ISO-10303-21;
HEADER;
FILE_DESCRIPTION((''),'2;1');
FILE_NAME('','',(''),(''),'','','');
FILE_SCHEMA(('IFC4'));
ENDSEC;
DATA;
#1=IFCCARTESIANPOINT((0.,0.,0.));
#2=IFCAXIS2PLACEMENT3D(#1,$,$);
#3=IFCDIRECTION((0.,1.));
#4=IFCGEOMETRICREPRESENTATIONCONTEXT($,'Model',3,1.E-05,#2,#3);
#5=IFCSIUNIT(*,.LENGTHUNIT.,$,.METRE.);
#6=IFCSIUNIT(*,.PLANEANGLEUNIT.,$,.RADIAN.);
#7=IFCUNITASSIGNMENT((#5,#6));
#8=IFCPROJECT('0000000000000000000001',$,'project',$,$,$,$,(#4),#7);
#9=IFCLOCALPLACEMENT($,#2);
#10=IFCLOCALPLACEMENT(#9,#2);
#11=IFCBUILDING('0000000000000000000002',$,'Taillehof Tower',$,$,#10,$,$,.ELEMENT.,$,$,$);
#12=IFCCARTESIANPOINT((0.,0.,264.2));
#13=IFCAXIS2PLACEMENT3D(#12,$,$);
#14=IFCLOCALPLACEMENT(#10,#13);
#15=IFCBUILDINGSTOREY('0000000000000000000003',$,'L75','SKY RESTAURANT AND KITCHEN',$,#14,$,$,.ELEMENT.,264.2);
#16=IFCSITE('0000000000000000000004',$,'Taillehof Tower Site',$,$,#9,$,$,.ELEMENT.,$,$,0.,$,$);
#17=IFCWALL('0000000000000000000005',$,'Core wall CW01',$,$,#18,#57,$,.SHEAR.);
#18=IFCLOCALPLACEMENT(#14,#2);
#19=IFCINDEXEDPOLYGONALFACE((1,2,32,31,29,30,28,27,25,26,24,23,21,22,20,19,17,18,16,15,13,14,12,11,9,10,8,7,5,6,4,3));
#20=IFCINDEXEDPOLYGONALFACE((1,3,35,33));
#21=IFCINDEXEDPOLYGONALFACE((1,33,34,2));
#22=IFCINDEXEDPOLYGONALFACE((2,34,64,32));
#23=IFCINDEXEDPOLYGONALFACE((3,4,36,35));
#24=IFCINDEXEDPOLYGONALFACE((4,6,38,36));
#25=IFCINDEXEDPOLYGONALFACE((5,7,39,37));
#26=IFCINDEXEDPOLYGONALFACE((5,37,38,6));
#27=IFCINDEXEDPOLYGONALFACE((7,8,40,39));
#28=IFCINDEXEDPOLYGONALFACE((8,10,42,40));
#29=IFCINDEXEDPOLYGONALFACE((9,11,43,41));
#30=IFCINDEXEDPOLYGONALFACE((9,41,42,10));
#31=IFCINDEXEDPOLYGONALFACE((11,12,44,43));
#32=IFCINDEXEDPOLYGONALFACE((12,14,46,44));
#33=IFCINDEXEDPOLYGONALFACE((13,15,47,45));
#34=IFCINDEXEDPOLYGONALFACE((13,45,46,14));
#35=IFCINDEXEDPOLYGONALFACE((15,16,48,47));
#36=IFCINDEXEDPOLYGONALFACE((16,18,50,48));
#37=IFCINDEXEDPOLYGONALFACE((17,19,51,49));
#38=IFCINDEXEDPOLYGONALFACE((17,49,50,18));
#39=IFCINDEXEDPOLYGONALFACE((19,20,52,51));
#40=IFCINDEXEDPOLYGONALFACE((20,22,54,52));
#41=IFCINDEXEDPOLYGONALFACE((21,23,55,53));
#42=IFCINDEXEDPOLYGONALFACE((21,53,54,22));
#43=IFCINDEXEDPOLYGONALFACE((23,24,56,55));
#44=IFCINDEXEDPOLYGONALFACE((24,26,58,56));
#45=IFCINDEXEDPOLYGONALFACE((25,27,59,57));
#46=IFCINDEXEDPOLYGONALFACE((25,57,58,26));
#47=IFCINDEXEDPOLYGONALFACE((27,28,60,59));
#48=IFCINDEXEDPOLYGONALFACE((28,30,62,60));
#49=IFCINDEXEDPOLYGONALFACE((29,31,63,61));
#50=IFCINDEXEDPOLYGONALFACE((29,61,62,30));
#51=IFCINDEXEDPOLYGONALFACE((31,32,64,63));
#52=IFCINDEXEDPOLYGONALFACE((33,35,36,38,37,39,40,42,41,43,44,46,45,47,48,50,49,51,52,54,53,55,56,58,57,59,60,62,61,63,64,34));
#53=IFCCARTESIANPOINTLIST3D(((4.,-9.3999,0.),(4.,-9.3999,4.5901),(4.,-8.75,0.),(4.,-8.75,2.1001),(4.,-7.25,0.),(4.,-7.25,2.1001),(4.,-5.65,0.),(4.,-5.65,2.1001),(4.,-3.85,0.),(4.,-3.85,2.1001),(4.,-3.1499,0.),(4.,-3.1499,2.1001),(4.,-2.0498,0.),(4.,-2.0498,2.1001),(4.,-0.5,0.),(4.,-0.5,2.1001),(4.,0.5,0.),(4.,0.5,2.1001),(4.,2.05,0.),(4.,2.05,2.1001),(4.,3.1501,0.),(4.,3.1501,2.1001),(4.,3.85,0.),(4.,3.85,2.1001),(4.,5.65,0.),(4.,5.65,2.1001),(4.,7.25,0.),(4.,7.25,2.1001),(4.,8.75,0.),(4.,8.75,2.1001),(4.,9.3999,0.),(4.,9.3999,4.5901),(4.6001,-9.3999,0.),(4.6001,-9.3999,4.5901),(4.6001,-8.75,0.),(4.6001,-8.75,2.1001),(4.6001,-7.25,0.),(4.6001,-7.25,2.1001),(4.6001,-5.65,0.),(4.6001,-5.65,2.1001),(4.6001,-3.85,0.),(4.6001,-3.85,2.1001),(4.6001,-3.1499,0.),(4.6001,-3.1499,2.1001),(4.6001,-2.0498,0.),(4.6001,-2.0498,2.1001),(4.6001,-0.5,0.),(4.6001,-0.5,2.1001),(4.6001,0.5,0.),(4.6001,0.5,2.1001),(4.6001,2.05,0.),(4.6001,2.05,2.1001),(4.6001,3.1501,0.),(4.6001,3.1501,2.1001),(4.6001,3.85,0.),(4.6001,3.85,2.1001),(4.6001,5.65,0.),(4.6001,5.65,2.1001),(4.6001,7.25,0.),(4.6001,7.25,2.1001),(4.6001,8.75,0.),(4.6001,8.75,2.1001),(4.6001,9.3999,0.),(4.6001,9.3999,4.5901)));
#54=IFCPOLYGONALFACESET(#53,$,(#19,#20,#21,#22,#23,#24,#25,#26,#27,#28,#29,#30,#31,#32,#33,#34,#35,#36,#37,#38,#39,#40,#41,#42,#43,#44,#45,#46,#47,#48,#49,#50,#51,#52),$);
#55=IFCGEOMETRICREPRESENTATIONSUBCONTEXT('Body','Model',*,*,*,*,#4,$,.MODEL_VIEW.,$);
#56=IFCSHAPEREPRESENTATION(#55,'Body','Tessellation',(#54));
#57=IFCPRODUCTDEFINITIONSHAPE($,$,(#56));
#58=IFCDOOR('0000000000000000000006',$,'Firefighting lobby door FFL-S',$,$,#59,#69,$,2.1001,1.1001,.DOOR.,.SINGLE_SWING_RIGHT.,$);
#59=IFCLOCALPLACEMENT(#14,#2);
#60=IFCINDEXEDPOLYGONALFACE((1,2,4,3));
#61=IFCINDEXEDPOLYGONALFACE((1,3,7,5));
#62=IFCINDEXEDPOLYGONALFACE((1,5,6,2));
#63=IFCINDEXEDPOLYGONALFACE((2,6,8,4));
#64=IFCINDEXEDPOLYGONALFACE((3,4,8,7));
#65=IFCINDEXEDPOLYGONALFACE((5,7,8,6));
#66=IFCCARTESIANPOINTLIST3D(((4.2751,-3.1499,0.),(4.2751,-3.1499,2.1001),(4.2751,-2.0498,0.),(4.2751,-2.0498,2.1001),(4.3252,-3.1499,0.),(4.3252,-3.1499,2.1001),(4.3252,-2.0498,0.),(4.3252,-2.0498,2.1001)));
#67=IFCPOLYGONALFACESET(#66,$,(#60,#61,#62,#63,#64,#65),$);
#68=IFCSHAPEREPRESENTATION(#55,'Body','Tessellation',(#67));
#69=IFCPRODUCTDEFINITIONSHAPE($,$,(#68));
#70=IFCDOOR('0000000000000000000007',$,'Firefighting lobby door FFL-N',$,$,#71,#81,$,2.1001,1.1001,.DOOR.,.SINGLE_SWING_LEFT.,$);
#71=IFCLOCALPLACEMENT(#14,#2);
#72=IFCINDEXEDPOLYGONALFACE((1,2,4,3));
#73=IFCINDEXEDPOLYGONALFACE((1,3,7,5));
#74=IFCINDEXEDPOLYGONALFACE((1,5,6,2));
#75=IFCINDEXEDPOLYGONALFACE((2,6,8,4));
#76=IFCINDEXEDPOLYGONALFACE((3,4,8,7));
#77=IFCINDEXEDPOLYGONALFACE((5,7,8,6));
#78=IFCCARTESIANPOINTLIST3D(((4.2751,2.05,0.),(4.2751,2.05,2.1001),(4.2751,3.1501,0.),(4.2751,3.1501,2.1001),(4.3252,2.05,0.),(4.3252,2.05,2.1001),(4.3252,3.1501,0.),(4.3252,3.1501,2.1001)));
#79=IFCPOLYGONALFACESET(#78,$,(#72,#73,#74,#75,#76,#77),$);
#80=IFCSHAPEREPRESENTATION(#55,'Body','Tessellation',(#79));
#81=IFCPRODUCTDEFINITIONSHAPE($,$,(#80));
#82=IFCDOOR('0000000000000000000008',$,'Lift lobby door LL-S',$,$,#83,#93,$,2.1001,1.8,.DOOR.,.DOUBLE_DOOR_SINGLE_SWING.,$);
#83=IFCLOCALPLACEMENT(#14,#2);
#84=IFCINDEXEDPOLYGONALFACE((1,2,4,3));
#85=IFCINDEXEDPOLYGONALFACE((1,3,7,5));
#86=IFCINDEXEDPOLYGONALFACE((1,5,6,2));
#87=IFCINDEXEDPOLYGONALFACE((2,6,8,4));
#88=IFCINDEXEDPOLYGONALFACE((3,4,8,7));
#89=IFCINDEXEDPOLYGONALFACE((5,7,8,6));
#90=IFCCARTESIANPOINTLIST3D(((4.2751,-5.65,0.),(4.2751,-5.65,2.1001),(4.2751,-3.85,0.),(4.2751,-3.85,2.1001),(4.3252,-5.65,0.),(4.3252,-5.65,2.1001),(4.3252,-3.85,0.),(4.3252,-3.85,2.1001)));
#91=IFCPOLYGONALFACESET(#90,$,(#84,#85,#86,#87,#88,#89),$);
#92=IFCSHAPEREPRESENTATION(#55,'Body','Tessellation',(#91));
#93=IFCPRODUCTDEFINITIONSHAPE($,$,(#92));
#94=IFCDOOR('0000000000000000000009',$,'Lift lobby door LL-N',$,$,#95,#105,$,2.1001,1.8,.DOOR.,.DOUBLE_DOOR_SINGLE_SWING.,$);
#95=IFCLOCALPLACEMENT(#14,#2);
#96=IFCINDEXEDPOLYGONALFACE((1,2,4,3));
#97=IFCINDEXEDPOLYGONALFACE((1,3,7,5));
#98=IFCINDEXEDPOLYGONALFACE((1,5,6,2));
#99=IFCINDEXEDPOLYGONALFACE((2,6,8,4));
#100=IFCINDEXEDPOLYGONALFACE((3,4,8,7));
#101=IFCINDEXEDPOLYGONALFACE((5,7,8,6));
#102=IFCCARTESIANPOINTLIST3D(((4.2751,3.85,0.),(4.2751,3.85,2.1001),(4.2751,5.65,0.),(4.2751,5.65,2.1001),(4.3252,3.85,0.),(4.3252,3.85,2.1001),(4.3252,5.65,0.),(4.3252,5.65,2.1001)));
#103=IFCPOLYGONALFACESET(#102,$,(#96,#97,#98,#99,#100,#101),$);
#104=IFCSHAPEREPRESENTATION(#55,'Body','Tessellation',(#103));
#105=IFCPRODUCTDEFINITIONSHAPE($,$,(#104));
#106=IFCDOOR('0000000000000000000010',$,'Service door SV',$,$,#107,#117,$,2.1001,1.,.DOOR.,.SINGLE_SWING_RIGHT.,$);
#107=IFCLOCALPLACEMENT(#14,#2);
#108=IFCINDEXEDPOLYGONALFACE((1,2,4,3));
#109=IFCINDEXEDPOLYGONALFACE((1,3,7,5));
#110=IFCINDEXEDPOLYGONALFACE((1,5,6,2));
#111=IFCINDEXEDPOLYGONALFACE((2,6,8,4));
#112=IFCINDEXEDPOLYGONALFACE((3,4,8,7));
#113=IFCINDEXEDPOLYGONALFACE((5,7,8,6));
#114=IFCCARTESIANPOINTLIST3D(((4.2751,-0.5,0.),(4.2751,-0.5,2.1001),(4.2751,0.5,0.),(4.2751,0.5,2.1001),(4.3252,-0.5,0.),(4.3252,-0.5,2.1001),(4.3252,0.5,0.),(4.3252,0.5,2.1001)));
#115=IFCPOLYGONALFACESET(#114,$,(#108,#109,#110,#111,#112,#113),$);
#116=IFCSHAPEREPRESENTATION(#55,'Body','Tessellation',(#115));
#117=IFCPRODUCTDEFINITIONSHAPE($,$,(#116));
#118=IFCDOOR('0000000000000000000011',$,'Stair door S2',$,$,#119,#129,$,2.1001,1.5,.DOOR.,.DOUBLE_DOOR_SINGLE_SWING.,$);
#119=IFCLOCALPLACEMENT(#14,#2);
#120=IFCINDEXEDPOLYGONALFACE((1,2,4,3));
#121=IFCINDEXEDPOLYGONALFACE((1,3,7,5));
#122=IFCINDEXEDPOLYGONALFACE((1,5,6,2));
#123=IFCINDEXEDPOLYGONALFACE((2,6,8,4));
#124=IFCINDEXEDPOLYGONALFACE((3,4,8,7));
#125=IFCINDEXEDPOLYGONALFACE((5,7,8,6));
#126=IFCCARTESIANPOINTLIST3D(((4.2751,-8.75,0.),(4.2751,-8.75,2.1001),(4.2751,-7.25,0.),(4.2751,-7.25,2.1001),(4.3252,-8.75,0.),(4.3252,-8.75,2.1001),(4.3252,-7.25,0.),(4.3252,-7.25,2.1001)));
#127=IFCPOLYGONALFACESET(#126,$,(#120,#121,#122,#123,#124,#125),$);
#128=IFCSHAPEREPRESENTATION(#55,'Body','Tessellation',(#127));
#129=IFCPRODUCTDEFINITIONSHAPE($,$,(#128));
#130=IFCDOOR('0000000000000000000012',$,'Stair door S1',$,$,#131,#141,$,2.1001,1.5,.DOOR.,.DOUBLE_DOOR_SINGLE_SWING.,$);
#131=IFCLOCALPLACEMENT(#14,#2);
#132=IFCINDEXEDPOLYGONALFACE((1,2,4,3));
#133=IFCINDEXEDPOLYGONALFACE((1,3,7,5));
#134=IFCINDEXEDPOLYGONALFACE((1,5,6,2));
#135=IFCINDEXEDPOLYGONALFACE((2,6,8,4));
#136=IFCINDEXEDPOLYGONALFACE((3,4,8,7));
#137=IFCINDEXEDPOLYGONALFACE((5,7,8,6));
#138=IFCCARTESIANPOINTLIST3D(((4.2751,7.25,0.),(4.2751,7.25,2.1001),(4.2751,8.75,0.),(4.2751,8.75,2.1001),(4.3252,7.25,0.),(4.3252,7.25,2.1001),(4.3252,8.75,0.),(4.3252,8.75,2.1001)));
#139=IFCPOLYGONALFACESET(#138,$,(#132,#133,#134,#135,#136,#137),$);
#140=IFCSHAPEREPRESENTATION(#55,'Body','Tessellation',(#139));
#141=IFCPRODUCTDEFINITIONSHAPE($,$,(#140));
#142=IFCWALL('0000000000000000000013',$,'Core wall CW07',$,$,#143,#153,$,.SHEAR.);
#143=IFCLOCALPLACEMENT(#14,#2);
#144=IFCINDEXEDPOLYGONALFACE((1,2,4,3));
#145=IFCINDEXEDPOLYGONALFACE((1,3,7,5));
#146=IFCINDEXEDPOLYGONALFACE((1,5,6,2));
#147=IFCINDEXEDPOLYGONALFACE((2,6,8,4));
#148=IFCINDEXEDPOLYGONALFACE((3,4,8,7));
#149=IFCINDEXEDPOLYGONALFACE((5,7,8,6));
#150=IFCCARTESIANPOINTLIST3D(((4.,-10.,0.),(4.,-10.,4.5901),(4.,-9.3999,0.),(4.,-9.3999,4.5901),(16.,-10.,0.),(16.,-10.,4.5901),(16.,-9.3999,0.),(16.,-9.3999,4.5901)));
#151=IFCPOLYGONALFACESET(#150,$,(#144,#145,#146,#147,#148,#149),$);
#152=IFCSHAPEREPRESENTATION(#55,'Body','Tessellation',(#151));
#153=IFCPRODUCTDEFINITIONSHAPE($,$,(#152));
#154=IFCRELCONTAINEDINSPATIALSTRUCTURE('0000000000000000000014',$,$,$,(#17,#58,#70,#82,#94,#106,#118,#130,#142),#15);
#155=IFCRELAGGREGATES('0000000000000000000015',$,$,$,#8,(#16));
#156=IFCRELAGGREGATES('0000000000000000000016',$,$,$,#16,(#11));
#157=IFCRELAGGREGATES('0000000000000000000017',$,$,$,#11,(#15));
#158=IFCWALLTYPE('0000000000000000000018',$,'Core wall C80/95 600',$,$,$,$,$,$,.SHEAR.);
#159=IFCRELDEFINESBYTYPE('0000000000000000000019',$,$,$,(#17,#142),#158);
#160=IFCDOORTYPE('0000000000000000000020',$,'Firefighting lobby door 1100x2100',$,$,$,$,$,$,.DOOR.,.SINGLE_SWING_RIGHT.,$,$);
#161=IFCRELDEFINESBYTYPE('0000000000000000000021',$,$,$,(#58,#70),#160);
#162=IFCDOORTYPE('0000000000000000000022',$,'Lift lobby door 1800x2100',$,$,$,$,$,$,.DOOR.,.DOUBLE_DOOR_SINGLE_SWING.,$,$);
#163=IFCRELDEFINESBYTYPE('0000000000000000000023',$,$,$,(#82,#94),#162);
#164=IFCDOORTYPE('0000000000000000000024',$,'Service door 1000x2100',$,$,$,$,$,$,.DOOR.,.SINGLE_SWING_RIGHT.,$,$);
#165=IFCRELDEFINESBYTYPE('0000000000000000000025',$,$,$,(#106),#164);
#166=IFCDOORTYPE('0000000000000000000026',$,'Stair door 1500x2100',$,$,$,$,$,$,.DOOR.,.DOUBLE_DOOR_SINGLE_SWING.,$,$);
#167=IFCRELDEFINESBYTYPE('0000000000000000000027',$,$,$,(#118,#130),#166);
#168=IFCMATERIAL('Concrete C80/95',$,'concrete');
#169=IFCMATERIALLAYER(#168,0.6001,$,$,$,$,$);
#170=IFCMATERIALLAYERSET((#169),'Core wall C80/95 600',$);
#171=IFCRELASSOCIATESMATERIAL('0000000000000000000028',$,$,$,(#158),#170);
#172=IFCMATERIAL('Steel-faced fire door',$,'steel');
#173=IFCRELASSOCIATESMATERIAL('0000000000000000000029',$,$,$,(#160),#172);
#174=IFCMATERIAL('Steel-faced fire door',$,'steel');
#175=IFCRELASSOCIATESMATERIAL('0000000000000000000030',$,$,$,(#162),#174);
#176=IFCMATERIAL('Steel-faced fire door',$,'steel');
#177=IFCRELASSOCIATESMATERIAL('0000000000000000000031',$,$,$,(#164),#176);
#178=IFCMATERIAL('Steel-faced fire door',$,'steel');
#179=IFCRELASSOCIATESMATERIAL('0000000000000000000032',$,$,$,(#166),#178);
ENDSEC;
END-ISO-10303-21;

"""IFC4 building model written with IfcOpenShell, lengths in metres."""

from ifc_helpers import new_model, si_unit, direction, frame, frame_2d, origin, place, context, subcontext, project, spatial, rectangle, extrude, material, layer, layer_set, type_object, element, fill, save


model = new_model("IFC4")

# Units and contexts
model_context = context("Model", 3, precision=1e-05, world=origin(), true_north=direction((0.0, 1.0)))
body_context = subcontext(model_context, "Body", "Model", "MODEL_VIEW")
ifc_project = project(units=[si_unit("LENGTHUNIT", "METRE"), si_unit("PLANEANGLEUNIT", "RADIAN")], contexts=[model_context])

# Site, building, storey
site_placement = place(None, origin())
site = spatial("IfcSite", under=ifc_project, at=site_placement, Name="Taillehof Tower Site", CompositionType="ELEMENT", RefElevation=0.0)
building_placement = place(site_placement, origin())
building = spatial("IfcBuilding", under=site, at=building_placement, Name="Taillehof Tower", CompositionType="ELEMENT")
storey_placement = place(building_placement, frame((0.0, 0.0, 264.2)))
storey = spatial("IfcBuildingStorey", under=building, at=storey_placement, Name="L75", Description="SKY RESTAURANT AND KITCHEN", CompositionType="ELEMENT", Elevation=264.2)

# Wall, openings, doors
ifc_material_1 = material(Name="Concrete C80/95", Category="concrete")
ifc_layer_1 = layer(ifc_material_1, 0.6001)
ifc_layer_set_1 = layer_set([ifc_layer_1], Name="Core wall C80/95 600")
wall_type_1 = type_object("IfcWallType", Name="Core wall C80/95 600", PredefinedType="SHEAR", material=ifc_layer_set_1)
wall_1_placement = place(storey_placement, frame((4.3, -9.3999, 0.0), z_axis=(0.0, 0.0, 1.0), x_axis=(0.0, 1.0, 0.0)))
wall_1 = element("IfcWall", 1, at=wall_1_placement, inside=storey, type_object=wall_type_1, Name="Core wall CW01", PredefinedType="SHEAR", context=body_context, shape_type="SweptSolid", body=[
    extrude(rectangle(XDim=18.7998, YDim=0.6001, at=frame_2d((9.3999, 0.0))), origin(), (0.0, 0.0, 1.0), 4.5901),
])
opening_1_placement = place(wall_1_placement, frame((0.6499, 0.0, 0.0)))
opening_1 = element("IfcOpeningElement", 2, at=opening_1_placement, cuts=wall_1, PredefinedType="OPENING", context=body_context, shape_type="SweptSolid", body=[
    extrude(rectangle(XDim=1.5, YDim=2.1001, at=frame_2d((0.75, 1.05))), frame((0.0, 0.3101, 0.0), z_axis=(0.0, -1.0, 0.0), x_axis=(1.0, 0.0, 0.0)), (0.0, 0.0, 1.0), 0.6201),
])
opening_2_placement = place(wall_1_placement, frame((3.75, 0.0, 0.0)))
opening_2 = element("IfcOpeningElement", 3, at=opening_2_placement, cuts=wall_1, PredefinedType="OPENING", context=body_context, shape_type="SweptSolid", body=[
    extrude(rectangle(XDim=1.8, YDim=2.1001, at=frame_2d((0.8999, 1.05))), frame((0.0, 0.3101, 0.0), z_axis=(0.0, -1.0, 0.0), x_axis=(1.0, 0.0, 0.0)), (0.0, 0.0, 1.0), 0.6201),
])
opening_3_placement = place(wall_1_placement, frame((6.25, 0.0, 0.0)))
opening_3 = element("IfcOpeningElement", 4, at=opening_3_placement, cuts=wall_1, PredefinedType="OPENING", context=body_context, shape_type="SweptSolid", body=[
    extrude(rectangle(XDim=1.1001, YDim=2.1001, at=frame_2d((0.55, 1.05))), frame((0.0, 0.3101, 0.0), z_axis=(0.0, -1.0, 0.0), x_axis=(1.0, 0.0, 0.0)), (0.0, 0.0, 1.0), 0.6201),
])
opening_4_placement = place(wall_1_placement, frame((8.8999, 0.0, 0.0)))
opening_4 = element("IfcOpeningElement", 5, at=opening_4_placement, cuts=wall_1, PredefinedType="OPENING", context=body_context, shape_type="SweptSolid", body=[
    extrude(rectangle(XDim=1.0, YDim=2.1001, at=frame_2d((0.5, 1.05))), frame((0.0, 0.3101, 0.0), z_axis=(0.0, -1.0, 0.0), x_axis=(1.0, 0.0, 0.0)), (0.0, 0.0, 1.0), 0.6201),
])
opening_5_placement = place(wall_1_placement, frame((11.45, 0.0, 0.0)))
opening_5 = element("IfcOpeningElement", 6, at=opening_5_placement, cuts=wall_1, PredefinedType="OPENING", context=body_context, shape_type="SweptSolid", body=[
    extrude(rectangle(XDim=1.1001, YDim=2.1001, at=frame_2d((0.55, 1.05))), frame((0.0, 0.3101, 0.0), z_axis=(0.0, -1.0, 0.0), x_axis=(1.0, 0.0, 0.0)), (0.0, 0.0, 1.0), 0.6201),
])
opening_6_placement = place(wall_1_placement, frame((13.25, 0.0, 0.0)))
opening_6 = element("IfcOpeningElement", 7, at=opening_6_placement, cuts=wall_1, PredefinedType="OPENING", context=body_context, shape_type="SweptSolid", body=[
    extrude(rectangle(XDim=1.8, YDim=2.1001, at=frame_2d((0.8999, 1.05))), frame((0.0, 0.3101, 0.0), z_axis=(0.0, -1.0, 0.0), x_axis=(1.0, 0.0, 0.0)), (0.0, 0.0, 1.0), 0.6201),
])
opening_7_placement = place(wall_1_placement, frame((16.6499, 0.0, 0.0)))
opening_7 = element("IfcOpeningElement", 8, at=opening_7_placement, cuts=wall_1, PredefinedType="OPENING", context=body_context, shape_type="SweptSolid", body=[
    extrude(rectangle(XDim=1.5, YDim=2.1001, at=frame_2d((0.75, 1.05))), frame((0.0, 0.3101, 0.0), z_axis=(0.0, -1.0, 0.0), x_axis=(1.0, 0.0, 0.0)), (0.0, 0.0, 1.0), 0.6201),
])
ifc_material_2 = material(Name="Steel-faced fire door", Category="steel")
door_type_1 = type_object("IfcDoorType", Name="Firefighting lobby door 1100x2100", OperationType="SINGLE_SWING_RIGHT", PredefinedType="DOOR", material=ifc_material_2)
door_1_placement = place(opening_3_placement, origin())
door_1 = element("IfcDoor", 9, at=door_1_placement, inside=storey, type_object=door_type_1, Name="Firefighting lobby door FFL-S", OperationType="SINGLE_SWING_RIGHT", OverallHeight=2.1001, OverallWidth=1.1001, PredefinedType="DOOR", context=body_context, shape_type="SweptSolid", body=[
    extrude(rectangle(XDim=1.1001, YDim=2.1001, at=frame_2d((0.55, 1.05))), frame((0.0, 0.0249, 0.0), z_axis=(0.0, -1.0, 0.0), x_axis=(1.0, 0.0, 0.0)), (0.0, 0.0, 1.0), 0.05),
])
fill(opening_3, door_1)
door_2_placement = place(opening_5_placement, origin())
door_2 = element("IfcDoor", 10, at=door_2_placement, inside=storey, type_object=door_type_1, Name="Firefighting lobby door FFL-N", OperationType="SINGLE_SWING_LEFT", OverallHeight=2.1001, OverallWidth=1.1001, PredefinedType="DOOR", context=body_context, shape_type="SweptSolid", body=[
    extrude(rectangle(XDim=1.1001, YDim=2.1001, at=frame_2d((0.55, 1.05))), frame((0.0, 0.0249, 0.0), z_axis=(0.0, -1.0, 0.0), x_axis=(1.0, 0.0, 0.0)), (0.0, 0.0, 1.0), 0.05),
])
fill(opening_5, door_2)
ifc_material_3 = material(Name="Steel-faced fire door", Category="steel")
door_type_2 = type_object("IfcDoorType", Name="Lift lobby door 1800x2100", OperationType="DOUBLE_DOOR_SINGLE_SWING", PredefinedType="DOOR", material=ifc_material_3)
door_3_placement = place(opening_2_placement, origin())
door_3 = element("IfcDoor", 11, at=door_3_placement, inside=storey, type_object=door_type_2, Name="Lift lobby door LL-S", OperationType="DOUBLE_DOOR_SINGLE_SWING", OverallHeight=2.1001, OverallWidth=1.8, PredefinedType="DOOR", context=body_context, shape_type="SweptSolid", body=[
    extrude(rectangle(XDim=1.8, YDim=2.1001, at=frame_2d((0.8999, 1.05))), frame((0.0, 0.0249, 0.0), z_axis=(0.0, -1.0, 0.0), x_axis=(1.0, 0.0, 0.0)), (0.0, 0.0, 1.0), 0.05),
])
fill(opening_2, door_3)
door_4_placement = place(opening_6_placement, origin())
door_4 = element("IfcDoor", 12, at=door_4_placement, inside=storey, type_object=door_type_2, Name="Lift lobby door LL-N", OperationType="DOUBLE_DOOR_SINGLE_SWING", OverallHeight=2.1001, OverallWidth=1.8, PredefinedType="DOOR", context=body_context, shape_type="SweptSolid", body=[
    extrude(rectangle(XDim=1.8, YDim=2.1001, at=frame_2d((0.8999, 1.05))), frame((0.0, 0.0249, 0.0), z_axis=(0.0, -1.0, 0.0), x_axis=(1.0, 0.0, 0.0)), (0.0, 0.0, 1.0), 0.05),
])
fill(opening_6, door_4)
ifc_material_4 = material(Name="Steel-faced fire door", Category="steel")
door_type_3 = type_object("IfcDoorType", Name="Service door 1000x2100", OperationType="SINGLE_SWING_RIGHT", PredefinedType="DOOR", material=ifc_material_4)
door_5_placement = place(opening_4_placement, origin())
door_5 = element("IfcDoor", 13, at=door_5_placement, inside=storey, type_object=door_type_3, Name="Service door SV", OperationType="SINGLE_SWING_RIGHT", OverallHeight=2.1001, OverallWidth=1.0, PredefinedType="DOOR", context=body_context, shape_type="SweptSolid", body=[
    extrude(rectangle(XDim=1.0, YDim=2.1001, at=frame_2d((0.5, 1.05))), frame((0.0, 0.0249, 0.0), z_axis=(0.0, -1.0, 0.0), x_axis=(1.0, 0.0, 0.0)), (0.0, 0.0, 1.0), 0.05),
])
fill(opening_4, door_5)
ifc_material_5 = material(Name="Steel-faced fire door", Category="steel")
door_type_4 = type_object("IfcDoorType", Name="Stair door 1500x2100", OperationType="DOUBLE_DOOR_SINGLE_SWING", PredefinedType="DOOR", material=ifc_material_5)
door_6_placement = place(opening_1_placement, origin())
door_6 = element("IfcDoor", 14, at=door_6_placement, inside=storey, type_object=door_type_4, Name="Stair door S2", OperationType="DOUBLE_DOOR_SINGLE_SWING", OverallHeight=2.1001, OverallWidth=1.5, PredefinedType="DOOR", context=body_context, shape_type="SweptSolid", body=[
    extrude(rectangle(XDim=1.5, YDim=2.1001, at=frame_2d((0.75, 1.05))), frame((0.0, 0.0249, 0.0), z_axis=(0.0, -1.0, 0.0), x_axis=(1.0, 0.0, 0.0)), (0.0, 0.0, 1.0), 0.05),
])
fill(opening_1, door_6)
door_7_placement = place(opening_7_placement, origin())
door_7 = element("IfcDoor", 15, at=door_7_placement, inside=storey, type_object=door_type_4, Name="Stair door S1", OperationType="DOUBLE_DOOR_SINGLE_SWING", OverallHeight=2.1001, OverallWidth=1.5, PredefinedType="DOOR", context=body_context, shape_type="SweptSolid", body=[
    extrude(rectangle(XDim=1.5, YDim=2.1001, at=frame_2d((0.75, 1.05))), frame((0.0, 0.0249, 0.0), z_axis=(0.0, -1.0, 0.0), x_axis=(1.0, 0.0, 0.0)), (0.0, 0.0, 1.0), 0.05),
])
fill(opening_7, door_7)

# Wall
wall_2_placement = place(storey_placement, frame((4.0, -9.7, 0.0), z_axis=(0.0, 0.0, 1.0), x_axis=(1.0, 0.0, 0.0)))
element("IfcWall", 16, at=wall_2_placement, inside=storey, type_object=wall_type_1, Name="Core wall CW07", PredefinedType="SHEAR", context=body_context, shape_type="SweptSolid", body=[
    extrude(rectangle(XDim=12.0, YDim=0.6001, at=frame_2d((6.0, 0.0))), origin(), (0.0, 0.0, 1.0), 4.5901),
])

save(model, "model.ifc")
